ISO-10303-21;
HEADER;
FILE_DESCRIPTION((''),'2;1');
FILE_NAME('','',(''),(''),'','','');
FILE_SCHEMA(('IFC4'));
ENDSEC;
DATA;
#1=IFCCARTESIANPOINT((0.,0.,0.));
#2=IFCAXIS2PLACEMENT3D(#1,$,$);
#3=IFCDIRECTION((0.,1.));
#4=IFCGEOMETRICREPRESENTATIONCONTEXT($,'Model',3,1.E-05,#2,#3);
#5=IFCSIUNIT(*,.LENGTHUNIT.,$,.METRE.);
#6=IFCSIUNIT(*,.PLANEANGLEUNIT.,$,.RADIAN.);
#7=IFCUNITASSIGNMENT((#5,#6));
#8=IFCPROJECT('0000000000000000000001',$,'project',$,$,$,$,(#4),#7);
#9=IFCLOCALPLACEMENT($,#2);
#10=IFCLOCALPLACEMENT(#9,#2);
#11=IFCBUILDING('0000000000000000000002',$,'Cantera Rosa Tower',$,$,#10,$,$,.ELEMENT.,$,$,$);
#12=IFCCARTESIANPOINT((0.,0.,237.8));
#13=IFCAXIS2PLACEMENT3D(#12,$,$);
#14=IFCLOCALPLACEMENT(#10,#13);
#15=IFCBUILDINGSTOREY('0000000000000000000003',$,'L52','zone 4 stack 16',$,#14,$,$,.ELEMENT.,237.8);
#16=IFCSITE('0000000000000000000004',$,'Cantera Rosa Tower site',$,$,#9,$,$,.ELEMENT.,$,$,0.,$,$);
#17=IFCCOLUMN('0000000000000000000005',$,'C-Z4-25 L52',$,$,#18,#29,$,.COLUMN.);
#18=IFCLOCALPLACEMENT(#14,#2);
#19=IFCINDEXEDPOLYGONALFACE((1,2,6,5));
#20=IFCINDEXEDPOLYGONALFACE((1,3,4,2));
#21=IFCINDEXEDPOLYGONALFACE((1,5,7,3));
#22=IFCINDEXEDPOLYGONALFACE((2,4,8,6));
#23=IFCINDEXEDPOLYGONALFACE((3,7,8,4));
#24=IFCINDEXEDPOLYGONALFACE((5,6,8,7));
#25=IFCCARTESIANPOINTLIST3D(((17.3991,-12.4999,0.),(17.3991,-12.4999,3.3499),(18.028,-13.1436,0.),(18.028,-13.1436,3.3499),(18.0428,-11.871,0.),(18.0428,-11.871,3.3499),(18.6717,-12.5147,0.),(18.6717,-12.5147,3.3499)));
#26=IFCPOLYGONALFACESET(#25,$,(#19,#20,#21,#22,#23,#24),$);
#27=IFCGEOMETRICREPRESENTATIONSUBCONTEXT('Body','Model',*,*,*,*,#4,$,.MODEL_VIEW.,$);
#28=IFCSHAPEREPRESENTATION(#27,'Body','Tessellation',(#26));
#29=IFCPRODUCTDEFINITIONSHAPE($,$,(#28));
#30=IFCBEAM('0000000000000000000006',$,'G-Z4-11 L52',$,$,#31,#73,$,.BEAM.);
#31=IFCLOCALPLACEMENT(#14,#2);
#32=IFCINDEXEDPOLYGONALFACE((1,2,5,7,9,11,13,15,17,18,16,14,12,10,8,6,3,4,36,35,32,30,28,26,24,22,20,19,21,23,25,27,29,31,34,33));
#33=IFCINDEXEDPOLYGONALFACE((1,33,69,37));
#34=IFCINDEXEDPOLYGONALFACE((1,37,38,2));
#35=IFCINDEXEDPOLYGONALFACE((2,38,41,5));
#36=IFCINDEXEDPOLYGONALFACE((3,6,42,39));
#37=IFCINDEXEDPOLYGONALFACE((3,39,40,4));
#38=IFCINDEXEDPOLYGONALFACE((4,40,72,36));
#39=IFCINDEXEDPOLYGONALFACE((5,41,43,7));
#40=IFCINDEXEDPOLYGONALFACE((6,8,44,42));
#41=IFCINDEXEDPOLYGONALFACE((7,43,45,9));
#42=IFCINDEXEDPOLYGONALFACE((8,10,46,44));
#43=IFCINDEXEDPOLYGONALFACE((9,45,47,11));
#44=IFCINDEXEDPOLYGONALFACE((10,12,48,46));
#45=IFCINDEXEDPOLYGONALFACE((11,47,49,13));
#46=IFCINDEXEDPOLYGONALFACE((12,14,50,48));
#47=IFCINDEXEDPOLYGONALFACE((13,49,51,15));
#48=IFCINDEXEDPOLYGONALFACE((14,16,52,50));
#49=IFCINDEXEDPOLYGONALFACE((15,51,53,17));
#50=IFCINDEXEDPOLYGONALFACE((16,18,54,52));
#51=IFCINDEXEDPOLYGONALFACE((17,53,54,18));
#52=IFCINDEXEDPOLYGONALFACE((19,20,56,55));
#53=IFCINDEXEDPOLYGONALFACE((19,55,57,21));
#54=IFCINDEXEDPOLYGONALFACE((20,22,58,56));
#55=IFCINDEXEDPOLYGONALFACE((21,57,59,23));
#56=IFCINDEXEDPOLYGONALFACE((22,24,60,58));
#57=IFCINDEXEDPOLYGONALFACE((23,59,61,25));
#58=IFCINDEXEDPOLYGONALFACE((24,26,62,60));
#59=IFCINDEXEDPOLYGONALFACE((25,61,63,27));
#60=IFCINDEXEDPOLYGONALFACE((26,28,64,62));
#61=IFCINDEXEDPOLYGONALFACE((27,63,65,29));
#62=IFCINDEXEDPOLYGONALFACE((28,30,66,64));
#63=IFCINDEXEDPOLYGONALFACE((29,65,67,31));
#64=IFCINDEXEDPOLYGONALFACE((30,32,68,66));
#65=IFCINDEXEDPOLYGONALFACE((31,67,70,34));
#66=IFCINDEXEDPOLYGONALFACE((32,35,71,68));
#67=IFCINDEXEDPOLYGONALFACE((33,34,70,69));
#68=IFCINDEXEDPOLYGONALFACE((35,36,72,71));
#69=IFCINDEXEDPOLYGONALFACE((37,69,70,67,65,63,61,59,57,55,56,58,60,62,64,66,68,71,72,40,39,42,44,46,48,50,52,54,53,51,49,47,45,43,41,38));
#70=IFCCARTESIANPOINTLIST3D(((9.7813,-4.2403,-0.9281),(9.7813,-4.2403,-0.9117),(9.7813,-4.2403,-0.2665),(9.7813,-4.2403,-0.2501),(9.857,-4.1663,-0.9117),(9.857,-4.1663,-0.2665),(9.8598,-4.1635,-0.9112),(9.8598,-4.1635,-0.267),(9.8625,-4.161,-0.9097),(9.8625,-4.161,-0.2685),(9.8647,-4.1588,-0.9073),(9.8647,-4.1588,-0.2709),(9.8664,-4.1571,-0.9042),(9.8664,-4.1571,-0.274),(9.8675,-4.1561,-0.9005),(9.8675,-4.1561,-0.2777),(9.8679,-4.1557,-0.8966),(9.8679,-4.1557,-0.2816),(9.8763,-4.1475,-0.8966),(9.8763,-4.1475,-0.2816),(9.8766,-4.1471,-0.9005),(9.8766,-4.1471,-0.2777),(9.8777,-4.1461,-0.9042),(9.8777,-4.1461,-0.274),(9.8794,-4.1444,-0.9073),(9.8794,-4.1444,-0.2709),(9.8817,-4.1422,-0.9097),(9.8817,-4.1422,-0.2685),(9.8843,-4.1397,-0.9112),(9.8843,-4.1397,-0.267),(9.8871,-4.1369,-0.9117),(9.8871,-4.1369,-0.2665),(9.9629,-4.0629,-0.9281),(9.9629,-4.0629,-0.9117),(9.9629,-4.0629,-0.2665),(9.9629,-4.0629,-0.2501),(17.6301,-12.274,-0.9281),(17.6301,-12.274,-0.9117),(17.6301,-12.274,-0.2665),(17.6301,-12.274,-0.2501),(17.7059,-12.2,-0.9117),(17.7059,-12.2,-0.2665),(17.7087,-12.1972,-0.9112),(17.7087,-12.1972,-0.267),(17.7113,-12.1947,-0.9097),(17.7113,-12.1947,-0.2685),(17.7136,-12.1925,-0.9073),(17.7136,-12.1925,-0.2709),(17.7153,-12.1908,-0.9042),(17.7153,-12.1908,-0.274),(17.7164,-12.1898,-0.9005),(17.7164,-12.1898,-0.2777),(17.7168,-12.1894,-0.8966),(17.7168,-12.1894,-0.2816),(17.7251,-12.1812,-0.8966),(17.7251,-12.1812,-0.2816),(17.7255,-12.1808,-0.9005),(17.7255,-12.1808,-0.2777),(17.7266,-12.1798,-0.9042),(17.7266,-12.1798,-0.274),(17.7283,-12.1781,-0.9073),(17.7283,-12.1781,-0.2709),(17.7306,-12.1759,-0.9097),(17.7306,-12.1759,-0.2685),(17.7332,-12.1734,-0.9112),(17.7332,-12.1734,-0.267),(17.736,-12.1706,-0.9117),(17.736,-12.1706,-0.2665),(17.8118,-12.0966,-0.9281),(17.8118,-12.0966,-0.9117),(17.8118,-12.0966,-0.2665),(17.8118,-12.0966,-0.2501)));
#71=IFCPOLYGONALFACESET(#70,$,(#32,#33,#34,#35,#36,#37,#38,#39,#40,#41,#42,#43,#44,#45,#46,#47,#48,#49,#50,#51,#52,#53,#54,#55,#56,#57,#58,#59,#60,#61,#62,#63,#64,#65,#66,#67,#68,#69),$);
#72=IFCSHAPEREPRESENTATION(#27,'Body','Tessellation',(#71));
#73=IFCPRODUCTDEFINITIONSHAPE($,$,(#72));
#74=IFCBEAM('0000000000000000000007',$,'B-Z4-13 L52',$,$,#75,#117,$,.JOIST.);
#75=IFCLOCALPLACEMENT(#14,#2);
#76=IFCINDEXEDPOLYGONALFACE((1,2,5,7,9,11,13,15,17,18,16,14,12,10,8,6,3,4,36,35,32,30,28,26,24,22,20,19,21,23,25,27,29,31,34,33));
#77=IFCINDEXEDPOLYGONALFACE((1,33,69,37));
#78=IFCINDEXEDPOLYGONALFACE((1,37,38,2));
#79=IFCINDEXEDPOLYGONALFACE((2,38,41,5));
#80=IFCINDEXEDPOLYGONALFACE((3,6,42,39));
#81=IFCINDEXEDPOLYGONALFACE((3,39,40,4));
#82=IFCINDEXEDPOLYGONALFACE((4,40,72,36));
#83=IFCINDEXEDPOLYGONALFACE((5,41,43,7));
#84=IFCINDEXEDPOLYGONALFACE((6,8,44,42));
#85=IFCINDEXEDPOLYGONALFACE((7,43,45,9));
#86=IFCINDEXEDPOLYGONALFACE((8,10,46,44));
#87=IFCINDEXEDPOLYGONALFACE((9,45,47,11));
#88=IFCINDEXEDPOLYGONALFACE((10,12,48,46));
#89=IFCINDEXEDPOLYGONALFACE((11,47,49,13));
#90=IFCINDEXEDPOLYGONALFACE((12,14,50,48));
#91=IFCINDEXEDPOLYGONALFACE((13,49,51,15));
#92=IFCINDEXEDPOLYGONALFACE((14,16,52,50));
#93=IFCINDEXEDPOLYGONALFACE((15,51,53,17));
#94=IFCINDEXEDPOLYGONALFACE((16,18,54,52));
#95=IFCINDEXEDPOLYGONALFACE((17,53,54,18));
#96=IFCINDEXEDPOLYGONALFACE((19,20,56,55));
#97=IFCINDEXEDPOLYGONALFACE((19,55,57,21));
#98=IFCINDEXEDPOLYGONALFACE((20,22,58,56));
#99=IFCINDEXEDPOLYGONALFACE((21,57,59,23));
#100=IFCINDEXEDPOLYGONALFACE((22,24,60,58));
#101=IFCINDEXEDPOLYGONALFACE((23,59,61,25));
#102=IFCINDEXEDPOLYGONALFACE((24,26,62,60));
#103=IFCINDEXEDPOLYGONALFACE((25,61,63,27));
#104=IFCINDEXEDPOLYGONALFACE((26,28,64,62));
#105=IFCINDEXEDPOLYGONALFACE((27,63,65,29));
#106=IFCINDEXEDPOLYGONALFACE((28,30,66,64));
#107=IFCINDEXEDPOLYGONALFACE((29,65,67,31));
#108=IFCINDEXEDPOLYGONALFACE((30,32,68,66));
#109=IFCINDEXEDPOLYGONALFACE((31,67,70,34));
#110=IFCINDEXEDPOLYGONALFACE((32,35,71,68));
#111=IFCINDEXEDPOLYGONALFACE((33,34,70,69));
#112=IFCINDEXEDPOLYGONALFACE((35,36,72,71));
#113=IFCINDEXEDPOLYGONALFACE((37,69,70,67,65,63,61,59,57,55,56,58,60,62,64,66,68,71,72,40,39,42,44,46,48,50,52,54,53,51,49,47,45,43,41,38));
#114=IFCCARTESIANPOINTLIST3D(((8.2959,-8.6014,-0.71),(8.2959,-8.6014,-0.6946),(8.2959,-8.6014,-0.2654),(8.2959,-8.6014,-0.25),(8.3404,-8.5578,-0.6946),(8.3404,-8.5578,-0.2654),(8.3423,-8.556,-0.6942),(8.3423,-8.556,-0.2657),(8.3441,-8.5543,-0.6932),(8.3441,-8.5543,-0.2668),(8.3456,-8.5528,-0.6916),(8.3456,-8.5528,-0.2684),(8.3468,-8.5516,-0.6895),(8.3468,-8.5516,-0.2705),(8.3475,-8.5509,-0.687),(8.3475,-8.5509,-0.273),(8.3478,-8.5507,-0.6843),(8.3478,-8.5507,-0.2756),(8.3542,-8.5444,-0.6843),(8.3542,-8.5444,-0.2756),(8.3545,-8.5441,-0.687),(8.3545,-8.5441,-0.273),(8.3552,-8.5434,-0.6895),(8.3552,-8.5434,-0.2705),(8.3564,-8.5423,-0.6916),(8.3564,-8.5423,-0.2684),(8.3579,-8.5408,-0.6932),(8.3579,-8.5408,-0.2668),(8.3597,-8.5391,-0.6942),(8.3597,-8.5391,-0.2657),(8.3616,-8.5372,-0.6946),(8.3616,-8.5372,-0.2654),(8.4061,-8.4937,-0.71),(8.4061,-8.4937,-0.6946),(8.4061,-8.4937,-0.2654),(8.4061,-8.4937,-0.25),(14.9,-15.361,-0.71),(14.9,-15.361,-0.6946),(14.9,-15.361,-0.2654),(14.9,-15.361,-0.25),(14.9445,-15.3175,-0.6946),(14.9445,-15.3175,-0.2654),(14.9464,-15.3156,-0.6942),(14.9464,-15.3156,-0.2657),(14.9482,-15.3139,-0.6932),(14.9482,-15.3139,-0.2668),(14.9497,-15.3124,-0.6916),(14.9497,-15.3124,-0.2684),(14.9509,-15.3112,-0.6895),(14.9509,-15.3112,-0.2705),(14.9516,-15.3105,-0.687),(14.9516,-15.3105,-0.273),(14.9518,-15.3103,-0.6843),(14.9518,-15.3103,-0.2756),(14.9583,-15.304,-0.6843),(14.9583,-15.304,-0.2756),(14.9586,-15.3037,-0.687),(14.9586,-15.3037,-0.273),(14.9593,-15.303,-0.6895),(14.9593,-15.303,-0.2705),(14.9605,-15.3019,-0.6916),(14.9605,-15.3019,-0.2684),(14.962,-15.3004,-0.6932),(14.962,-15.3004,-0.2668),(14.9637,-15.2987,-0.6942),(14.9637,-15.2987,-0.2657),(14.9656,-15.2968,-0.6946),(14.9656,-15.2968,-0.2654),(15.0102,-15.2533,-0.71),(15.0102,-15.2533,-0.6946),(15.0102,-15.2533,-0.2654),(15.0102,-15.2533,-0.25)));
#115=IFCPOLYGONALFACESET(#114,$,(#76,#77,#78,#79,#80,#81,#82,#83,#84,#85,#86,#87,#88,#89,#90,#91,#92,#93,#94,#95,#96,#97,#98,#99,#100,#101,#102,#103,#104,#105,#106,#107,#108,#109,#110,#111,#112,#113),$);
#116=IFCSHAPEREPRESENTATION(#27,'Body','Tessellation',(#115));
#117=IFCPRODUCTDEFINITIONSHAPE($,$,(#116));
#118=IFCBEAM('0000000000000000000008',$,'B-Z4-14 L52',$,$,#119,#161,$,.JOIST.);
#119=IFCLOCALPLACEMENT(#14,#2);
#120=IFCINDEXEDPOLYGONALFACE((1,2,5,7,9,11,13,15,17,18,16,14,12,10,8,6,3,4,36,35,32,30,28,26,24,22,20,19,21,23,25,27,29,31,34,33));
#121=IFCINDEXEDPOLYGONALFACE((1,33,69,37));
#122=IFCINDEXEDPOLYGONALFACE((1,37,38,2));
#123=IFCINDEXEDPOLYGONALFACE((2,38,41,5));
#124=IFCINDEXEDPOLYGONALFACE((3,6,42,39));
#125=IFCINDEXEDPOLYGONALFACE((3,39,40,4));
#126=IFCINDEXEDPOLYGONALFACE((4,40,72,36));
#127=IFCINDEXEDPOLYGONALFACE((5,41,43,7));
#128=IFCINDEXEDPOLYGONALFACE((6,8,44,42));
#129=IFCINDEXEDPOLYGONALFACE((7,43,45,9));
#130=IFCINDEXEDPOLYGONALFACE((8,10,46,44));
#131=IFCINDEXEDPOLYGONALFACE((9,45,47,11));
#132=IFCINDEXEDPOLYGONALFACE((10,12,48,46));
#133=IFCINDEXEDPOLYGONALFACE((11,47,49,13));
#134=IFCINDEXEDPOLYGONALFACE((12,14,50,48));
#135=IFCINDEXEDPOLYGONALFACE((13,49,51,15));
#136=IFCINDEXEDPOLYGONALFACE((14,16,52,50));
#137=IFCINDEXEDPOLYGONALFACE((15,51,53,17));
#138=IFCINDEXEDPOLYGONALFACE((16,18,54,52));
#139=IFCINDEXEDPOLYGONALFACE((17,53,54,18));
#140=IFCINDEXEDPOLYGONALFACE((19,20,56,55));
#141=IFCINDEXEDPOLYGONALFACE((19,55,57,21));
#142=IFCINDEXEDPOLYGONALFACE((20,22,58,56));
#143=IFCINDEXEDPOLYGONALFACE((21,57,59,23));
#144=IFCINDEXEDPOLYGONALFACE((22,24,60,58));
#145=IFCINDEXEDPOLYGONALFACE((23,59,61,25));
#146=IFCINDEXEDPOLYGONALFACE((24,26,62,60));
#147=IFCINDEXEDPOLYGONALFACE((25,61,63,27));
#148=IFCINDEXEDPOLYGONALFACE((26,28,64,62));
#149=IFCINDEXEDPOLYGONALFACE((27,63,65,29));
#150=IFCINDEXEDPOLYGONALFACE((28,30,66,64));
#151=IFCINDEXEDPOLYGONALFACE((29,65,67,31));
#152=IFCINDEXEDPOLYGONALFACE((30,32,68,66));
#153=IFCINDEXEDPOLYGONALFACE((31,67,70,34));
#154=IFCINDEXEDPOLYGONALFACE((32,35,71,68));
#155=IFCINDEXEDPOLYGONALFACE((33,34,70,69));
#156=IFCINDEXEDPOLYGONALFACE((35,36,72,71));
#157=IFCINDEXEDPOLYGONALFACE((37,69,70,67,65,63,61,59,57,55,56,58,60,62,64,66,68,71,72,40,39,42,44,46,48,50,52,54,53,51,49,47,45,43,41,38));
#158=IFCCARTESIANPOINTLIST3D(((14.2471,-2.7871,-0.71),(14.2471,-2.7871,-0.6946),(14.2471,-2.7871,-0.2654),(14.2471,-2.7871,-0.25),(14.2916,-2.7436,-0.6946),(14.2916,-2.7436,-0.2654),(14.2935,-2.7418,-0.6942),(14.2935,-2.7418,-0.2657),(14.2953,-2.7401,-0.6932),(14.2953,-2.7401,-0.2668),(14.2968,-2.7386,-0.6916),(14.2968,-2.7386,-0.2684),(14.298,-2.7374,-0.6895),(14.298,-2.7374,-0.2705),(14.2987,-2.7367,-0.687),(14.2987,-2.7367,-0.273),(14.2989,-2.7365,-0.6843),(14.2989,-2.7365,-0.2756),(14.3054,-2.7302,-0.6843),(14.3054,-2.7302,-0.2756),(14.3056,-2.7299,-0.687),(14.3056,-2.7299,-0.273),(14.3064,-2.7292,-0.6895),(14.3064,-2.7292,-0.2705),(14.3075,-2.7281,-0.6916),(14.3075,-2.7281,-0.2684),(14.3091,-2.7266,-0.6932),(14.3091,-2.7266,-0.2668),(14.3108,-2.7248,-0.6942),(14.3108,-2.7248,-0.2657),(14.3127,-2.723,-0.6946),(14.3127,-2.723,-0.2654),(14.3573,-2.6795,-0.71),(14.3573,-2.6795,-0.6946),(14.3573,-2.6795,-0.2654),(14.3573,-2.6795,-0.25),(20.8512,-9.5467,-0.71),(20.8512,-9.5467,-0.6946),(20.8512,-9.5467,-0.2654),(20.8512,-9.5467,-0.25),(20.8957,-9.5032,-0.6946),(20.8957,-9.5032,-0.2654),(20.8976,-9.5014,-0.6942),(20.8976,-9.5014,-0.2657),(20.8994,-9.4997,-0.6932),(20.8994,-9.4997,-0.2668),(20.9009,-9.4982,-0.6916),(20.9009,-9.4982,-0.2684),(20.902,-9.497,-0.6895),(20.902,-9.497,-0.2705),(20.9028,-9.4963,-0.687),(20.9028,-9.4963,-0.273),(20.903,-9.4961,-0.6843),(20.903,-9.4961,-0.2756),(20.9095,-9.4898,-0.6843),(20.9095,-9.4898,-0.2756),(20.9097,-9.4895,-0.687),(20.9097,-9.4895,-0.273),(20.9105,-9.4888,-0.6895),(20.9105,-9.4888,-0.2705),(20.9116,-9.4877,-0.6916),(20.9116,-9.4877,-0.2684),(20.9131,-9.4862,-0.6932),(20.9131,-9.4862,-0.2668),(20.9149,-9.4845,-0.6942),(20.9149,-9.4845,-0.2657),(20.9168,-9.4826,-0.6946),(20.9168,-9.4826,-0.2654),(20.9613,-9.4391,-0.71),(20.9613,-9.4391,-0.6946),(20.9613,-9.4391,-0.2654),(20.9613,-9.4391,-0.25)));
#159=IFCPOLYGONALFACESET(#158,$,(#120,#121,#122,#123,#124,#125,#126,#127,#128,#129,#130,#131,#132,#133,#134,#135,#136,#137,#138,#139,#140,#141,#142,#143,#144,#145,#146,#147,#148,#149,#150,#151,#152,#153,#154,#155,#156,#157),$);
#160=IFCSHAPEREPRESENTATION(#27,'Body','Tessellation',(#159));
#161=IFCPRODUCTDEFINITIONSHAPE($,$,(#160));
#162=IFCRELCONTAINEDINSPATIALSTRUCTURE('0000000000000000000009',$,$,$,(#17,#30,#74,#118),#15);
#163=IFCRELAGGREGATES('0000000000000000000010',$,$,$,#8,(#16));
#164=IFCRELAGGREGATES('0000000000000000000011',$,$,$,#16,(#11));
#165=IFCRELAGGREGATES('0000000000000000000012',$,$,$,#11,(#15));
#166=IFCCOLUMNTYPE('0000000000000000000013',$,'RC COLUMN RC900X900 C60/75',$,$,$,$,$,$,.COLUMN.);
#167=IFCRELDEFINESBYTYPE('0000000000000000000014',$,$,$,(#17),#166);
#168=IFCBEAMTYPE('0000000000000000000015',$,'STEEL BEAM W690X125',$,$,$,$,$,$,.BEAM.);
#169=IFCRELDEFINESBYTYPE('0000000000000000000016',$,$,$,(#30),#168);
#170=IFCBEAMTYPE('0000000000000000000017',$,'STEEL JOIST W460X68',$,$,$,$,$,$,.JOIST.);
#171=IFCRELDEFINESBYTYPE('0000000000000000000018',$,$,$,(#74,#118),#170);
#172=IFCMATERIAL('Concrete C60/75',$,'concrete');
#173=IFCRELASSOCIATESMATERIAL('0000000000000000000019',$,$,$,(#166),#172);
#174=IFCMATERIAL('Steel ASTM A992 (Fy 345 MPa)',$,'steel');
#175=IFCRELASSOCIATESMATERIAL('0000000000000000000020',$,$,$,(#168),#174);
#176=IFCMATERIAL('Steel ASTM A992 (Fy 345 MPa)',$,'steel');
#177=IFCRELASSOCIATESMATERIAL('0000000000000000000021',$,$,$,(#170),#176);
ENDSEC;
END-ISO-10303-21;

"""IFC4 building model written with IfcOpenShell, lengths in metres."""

from ifc_helpers import new_model, si_unit, direction, frame, origin, origin_2d, place, context, subcontext, project, spatial, rectangle, i_section, extrude, material, material_profile, profile_set, type_object, element, save


model = new_model("IFC4")

# Units and contexts
model_context = context("Model", 3, precision=1e-05, world=origin(), true_north=direction((0.0, 1.0)))
body_context = subcontext(model_context, "Body", "Model", "MODEL_VIEW")
ifc_project = project(units=[si_unit("LENGTHUNIT", "METRE"), si_unit("PLANEANGLEUNIT", "RADIAN")], contexts=[model_context])

# Site, building, storey
site_placement = place(None, origin())
site = spatial("IfcSite", under=ifc_project, at=site_placement, Name="Cantera Rosa Tower site", CompositionType="ELEMENT", RefElevation=0.0)
building_placement = place(site_placement, origin())
building = spatial("IfcBuilding", under=site, at=building_placement, Name="Cantera Rosa Tower", CompositionType="ELEMENT")
storey_placement = place(building_placement, frame((0.0, 0.0, 237.8)))
storey = spatial("IfcBuildingStorey", under=building, at=storey_placement, Name="L52", Description="zone 4 stack 16", CompositionType="ELEMENT", Elevation=237.8)

# Column
ifc_material_1 = material(Name="Concrete C60/75", Category="concrete")
ifc_material_profile_1 = material_profile(ifc_material_1, rectangle(XDim=0.8999, YDim=0.8999, at=origin_2d()), Name="RC COLUMN RC900X900 C60/75")
ifc_profile_set_1 = profile_set([ifc_material_profile_1], Name="Concrete C60/75")
column_type = type_object("IfcColumnType", Name="RC COLUMN RC900X900 C60/75", PredefinedType="COLUMN", material=ifc_profile_set_1)
column_placement = place(storey_placement, frame((18.0354, -12.5073, 0.0), z_axis=(0.0, 0.0, 1.0), x_axis=(0.715286, 0.698832, 0.0)))
element("IfcColumn", 1, at=column_placement, inside=storey, type_object=column_type, Name="C-Z4-25 L52", PredefinedType="COLUMN", context=body_context, shape_type="SweptSolid", body=[
    extrude(rectangle(XDim=0.8999, YDim=0.8999, at=origin_2d()), origin(), (0.0, 0.0, 1.0), 3.3499),
])

# Beams
ifc_material_2 = material(Name="Steel ASTM A992 (Fy 345 MPa)", Category="steel")
ifc_material_profile_2 = material_profile(ifc_material_2, i_section(OverallWidth=0.2539, OverallDepth=0.678, WebThickness=0.0117, FlangeThickness=0.0164, FilletRadius=0.0151, at=origin_2d()), Name="W690X125")
ifc_profile_set_2 = profile_set([ifc_material_profile_2], Name="Steel ASTM A992 (Fy 345 MPa)")
beam_type_1 = type_object("IfcBeamType", Name="STEEL BEAM W690X125", PredefinedType="BEAM", material=ifc_profile_set_2)
beam_placement = place(storey_placement, frame((17.7209, -12.1853, -0.5891), z_axis=(-0.698831, 0.715286, 0.0), x_axis=(-0.715286, -0.698831, 0.0)))
element("IfcBeam", 2, at=beam_placement, inside=storey, type_object=beam_type_1, Name="G-Z4-11 L52", PredefinedType="BEAM", context=body_context, shape_type="SweptSolid", body=[
    extrude(i_section(OverallWidth=0.2539, OverallDepth=0.678, WebThickness=0.0117, FlangeThickness=0.0164, FilletRadius=0.0151, at=origin_2d()), origin(), (0.0, 0.0, 1.0), 11.2314),
])
ifc_material_3 = material(Name="Steel ASTM A992 (Fy 345 MPa)", Category="steel")
ifc_material_profile_3 = material_profile(ifc_material_3, i_section(OverallWidth=0.1541, OverallDepth=0.46, WebThickness=0.009, FlangeThickness=0.0154, FilletRadius=0.0103, at=origin_2d()), Name="W460X68")
ifc_profile_set_3 = profile_set([ifc_material_profile_3], Name="Steel ASTM A992 (Fy 345 MPa)")
beam_type_2 = type_object("IfcBeamType", Name="STEEL JOIST W460X68", PredefinedType="JOIST", material=ifc_profile_set_3)
for number, where, z_axis, x_axis, name in (
    (3, (14.9551, -15.3071, -0.48), (-0.698831, 0.715287, 0.0), (-0.715287, -0.698831, 0.0), "B-Z4-13 L52"),
    (4, (20.9062, -9.4929, -0.48), (-0.698831, 0.715287, 0.0), (-0.715287, -0.698831, 0.0), "B-Z4-14 L52"),
):
    element("IfcBeam", number, at=place(storey_placement, frame(where, z_axis=z_axis, x_axis=x_axis)), inside=storey, type_object=beam_type_2, Name=name, PredefinedType="JOIST", context=body_context, shape_type="SweptSolid", body=[
        extrude(i_section(OverallWidth=0.1541, OverallDepth=0.46, WebThickness=0.009, FlangeThickness=0.0154, FilletRadius=0.0103, at=origin_2d()), origin(), (0.0, 0.0, 1.0), 9.4502),
    ])

save(model, "model.ifc")
